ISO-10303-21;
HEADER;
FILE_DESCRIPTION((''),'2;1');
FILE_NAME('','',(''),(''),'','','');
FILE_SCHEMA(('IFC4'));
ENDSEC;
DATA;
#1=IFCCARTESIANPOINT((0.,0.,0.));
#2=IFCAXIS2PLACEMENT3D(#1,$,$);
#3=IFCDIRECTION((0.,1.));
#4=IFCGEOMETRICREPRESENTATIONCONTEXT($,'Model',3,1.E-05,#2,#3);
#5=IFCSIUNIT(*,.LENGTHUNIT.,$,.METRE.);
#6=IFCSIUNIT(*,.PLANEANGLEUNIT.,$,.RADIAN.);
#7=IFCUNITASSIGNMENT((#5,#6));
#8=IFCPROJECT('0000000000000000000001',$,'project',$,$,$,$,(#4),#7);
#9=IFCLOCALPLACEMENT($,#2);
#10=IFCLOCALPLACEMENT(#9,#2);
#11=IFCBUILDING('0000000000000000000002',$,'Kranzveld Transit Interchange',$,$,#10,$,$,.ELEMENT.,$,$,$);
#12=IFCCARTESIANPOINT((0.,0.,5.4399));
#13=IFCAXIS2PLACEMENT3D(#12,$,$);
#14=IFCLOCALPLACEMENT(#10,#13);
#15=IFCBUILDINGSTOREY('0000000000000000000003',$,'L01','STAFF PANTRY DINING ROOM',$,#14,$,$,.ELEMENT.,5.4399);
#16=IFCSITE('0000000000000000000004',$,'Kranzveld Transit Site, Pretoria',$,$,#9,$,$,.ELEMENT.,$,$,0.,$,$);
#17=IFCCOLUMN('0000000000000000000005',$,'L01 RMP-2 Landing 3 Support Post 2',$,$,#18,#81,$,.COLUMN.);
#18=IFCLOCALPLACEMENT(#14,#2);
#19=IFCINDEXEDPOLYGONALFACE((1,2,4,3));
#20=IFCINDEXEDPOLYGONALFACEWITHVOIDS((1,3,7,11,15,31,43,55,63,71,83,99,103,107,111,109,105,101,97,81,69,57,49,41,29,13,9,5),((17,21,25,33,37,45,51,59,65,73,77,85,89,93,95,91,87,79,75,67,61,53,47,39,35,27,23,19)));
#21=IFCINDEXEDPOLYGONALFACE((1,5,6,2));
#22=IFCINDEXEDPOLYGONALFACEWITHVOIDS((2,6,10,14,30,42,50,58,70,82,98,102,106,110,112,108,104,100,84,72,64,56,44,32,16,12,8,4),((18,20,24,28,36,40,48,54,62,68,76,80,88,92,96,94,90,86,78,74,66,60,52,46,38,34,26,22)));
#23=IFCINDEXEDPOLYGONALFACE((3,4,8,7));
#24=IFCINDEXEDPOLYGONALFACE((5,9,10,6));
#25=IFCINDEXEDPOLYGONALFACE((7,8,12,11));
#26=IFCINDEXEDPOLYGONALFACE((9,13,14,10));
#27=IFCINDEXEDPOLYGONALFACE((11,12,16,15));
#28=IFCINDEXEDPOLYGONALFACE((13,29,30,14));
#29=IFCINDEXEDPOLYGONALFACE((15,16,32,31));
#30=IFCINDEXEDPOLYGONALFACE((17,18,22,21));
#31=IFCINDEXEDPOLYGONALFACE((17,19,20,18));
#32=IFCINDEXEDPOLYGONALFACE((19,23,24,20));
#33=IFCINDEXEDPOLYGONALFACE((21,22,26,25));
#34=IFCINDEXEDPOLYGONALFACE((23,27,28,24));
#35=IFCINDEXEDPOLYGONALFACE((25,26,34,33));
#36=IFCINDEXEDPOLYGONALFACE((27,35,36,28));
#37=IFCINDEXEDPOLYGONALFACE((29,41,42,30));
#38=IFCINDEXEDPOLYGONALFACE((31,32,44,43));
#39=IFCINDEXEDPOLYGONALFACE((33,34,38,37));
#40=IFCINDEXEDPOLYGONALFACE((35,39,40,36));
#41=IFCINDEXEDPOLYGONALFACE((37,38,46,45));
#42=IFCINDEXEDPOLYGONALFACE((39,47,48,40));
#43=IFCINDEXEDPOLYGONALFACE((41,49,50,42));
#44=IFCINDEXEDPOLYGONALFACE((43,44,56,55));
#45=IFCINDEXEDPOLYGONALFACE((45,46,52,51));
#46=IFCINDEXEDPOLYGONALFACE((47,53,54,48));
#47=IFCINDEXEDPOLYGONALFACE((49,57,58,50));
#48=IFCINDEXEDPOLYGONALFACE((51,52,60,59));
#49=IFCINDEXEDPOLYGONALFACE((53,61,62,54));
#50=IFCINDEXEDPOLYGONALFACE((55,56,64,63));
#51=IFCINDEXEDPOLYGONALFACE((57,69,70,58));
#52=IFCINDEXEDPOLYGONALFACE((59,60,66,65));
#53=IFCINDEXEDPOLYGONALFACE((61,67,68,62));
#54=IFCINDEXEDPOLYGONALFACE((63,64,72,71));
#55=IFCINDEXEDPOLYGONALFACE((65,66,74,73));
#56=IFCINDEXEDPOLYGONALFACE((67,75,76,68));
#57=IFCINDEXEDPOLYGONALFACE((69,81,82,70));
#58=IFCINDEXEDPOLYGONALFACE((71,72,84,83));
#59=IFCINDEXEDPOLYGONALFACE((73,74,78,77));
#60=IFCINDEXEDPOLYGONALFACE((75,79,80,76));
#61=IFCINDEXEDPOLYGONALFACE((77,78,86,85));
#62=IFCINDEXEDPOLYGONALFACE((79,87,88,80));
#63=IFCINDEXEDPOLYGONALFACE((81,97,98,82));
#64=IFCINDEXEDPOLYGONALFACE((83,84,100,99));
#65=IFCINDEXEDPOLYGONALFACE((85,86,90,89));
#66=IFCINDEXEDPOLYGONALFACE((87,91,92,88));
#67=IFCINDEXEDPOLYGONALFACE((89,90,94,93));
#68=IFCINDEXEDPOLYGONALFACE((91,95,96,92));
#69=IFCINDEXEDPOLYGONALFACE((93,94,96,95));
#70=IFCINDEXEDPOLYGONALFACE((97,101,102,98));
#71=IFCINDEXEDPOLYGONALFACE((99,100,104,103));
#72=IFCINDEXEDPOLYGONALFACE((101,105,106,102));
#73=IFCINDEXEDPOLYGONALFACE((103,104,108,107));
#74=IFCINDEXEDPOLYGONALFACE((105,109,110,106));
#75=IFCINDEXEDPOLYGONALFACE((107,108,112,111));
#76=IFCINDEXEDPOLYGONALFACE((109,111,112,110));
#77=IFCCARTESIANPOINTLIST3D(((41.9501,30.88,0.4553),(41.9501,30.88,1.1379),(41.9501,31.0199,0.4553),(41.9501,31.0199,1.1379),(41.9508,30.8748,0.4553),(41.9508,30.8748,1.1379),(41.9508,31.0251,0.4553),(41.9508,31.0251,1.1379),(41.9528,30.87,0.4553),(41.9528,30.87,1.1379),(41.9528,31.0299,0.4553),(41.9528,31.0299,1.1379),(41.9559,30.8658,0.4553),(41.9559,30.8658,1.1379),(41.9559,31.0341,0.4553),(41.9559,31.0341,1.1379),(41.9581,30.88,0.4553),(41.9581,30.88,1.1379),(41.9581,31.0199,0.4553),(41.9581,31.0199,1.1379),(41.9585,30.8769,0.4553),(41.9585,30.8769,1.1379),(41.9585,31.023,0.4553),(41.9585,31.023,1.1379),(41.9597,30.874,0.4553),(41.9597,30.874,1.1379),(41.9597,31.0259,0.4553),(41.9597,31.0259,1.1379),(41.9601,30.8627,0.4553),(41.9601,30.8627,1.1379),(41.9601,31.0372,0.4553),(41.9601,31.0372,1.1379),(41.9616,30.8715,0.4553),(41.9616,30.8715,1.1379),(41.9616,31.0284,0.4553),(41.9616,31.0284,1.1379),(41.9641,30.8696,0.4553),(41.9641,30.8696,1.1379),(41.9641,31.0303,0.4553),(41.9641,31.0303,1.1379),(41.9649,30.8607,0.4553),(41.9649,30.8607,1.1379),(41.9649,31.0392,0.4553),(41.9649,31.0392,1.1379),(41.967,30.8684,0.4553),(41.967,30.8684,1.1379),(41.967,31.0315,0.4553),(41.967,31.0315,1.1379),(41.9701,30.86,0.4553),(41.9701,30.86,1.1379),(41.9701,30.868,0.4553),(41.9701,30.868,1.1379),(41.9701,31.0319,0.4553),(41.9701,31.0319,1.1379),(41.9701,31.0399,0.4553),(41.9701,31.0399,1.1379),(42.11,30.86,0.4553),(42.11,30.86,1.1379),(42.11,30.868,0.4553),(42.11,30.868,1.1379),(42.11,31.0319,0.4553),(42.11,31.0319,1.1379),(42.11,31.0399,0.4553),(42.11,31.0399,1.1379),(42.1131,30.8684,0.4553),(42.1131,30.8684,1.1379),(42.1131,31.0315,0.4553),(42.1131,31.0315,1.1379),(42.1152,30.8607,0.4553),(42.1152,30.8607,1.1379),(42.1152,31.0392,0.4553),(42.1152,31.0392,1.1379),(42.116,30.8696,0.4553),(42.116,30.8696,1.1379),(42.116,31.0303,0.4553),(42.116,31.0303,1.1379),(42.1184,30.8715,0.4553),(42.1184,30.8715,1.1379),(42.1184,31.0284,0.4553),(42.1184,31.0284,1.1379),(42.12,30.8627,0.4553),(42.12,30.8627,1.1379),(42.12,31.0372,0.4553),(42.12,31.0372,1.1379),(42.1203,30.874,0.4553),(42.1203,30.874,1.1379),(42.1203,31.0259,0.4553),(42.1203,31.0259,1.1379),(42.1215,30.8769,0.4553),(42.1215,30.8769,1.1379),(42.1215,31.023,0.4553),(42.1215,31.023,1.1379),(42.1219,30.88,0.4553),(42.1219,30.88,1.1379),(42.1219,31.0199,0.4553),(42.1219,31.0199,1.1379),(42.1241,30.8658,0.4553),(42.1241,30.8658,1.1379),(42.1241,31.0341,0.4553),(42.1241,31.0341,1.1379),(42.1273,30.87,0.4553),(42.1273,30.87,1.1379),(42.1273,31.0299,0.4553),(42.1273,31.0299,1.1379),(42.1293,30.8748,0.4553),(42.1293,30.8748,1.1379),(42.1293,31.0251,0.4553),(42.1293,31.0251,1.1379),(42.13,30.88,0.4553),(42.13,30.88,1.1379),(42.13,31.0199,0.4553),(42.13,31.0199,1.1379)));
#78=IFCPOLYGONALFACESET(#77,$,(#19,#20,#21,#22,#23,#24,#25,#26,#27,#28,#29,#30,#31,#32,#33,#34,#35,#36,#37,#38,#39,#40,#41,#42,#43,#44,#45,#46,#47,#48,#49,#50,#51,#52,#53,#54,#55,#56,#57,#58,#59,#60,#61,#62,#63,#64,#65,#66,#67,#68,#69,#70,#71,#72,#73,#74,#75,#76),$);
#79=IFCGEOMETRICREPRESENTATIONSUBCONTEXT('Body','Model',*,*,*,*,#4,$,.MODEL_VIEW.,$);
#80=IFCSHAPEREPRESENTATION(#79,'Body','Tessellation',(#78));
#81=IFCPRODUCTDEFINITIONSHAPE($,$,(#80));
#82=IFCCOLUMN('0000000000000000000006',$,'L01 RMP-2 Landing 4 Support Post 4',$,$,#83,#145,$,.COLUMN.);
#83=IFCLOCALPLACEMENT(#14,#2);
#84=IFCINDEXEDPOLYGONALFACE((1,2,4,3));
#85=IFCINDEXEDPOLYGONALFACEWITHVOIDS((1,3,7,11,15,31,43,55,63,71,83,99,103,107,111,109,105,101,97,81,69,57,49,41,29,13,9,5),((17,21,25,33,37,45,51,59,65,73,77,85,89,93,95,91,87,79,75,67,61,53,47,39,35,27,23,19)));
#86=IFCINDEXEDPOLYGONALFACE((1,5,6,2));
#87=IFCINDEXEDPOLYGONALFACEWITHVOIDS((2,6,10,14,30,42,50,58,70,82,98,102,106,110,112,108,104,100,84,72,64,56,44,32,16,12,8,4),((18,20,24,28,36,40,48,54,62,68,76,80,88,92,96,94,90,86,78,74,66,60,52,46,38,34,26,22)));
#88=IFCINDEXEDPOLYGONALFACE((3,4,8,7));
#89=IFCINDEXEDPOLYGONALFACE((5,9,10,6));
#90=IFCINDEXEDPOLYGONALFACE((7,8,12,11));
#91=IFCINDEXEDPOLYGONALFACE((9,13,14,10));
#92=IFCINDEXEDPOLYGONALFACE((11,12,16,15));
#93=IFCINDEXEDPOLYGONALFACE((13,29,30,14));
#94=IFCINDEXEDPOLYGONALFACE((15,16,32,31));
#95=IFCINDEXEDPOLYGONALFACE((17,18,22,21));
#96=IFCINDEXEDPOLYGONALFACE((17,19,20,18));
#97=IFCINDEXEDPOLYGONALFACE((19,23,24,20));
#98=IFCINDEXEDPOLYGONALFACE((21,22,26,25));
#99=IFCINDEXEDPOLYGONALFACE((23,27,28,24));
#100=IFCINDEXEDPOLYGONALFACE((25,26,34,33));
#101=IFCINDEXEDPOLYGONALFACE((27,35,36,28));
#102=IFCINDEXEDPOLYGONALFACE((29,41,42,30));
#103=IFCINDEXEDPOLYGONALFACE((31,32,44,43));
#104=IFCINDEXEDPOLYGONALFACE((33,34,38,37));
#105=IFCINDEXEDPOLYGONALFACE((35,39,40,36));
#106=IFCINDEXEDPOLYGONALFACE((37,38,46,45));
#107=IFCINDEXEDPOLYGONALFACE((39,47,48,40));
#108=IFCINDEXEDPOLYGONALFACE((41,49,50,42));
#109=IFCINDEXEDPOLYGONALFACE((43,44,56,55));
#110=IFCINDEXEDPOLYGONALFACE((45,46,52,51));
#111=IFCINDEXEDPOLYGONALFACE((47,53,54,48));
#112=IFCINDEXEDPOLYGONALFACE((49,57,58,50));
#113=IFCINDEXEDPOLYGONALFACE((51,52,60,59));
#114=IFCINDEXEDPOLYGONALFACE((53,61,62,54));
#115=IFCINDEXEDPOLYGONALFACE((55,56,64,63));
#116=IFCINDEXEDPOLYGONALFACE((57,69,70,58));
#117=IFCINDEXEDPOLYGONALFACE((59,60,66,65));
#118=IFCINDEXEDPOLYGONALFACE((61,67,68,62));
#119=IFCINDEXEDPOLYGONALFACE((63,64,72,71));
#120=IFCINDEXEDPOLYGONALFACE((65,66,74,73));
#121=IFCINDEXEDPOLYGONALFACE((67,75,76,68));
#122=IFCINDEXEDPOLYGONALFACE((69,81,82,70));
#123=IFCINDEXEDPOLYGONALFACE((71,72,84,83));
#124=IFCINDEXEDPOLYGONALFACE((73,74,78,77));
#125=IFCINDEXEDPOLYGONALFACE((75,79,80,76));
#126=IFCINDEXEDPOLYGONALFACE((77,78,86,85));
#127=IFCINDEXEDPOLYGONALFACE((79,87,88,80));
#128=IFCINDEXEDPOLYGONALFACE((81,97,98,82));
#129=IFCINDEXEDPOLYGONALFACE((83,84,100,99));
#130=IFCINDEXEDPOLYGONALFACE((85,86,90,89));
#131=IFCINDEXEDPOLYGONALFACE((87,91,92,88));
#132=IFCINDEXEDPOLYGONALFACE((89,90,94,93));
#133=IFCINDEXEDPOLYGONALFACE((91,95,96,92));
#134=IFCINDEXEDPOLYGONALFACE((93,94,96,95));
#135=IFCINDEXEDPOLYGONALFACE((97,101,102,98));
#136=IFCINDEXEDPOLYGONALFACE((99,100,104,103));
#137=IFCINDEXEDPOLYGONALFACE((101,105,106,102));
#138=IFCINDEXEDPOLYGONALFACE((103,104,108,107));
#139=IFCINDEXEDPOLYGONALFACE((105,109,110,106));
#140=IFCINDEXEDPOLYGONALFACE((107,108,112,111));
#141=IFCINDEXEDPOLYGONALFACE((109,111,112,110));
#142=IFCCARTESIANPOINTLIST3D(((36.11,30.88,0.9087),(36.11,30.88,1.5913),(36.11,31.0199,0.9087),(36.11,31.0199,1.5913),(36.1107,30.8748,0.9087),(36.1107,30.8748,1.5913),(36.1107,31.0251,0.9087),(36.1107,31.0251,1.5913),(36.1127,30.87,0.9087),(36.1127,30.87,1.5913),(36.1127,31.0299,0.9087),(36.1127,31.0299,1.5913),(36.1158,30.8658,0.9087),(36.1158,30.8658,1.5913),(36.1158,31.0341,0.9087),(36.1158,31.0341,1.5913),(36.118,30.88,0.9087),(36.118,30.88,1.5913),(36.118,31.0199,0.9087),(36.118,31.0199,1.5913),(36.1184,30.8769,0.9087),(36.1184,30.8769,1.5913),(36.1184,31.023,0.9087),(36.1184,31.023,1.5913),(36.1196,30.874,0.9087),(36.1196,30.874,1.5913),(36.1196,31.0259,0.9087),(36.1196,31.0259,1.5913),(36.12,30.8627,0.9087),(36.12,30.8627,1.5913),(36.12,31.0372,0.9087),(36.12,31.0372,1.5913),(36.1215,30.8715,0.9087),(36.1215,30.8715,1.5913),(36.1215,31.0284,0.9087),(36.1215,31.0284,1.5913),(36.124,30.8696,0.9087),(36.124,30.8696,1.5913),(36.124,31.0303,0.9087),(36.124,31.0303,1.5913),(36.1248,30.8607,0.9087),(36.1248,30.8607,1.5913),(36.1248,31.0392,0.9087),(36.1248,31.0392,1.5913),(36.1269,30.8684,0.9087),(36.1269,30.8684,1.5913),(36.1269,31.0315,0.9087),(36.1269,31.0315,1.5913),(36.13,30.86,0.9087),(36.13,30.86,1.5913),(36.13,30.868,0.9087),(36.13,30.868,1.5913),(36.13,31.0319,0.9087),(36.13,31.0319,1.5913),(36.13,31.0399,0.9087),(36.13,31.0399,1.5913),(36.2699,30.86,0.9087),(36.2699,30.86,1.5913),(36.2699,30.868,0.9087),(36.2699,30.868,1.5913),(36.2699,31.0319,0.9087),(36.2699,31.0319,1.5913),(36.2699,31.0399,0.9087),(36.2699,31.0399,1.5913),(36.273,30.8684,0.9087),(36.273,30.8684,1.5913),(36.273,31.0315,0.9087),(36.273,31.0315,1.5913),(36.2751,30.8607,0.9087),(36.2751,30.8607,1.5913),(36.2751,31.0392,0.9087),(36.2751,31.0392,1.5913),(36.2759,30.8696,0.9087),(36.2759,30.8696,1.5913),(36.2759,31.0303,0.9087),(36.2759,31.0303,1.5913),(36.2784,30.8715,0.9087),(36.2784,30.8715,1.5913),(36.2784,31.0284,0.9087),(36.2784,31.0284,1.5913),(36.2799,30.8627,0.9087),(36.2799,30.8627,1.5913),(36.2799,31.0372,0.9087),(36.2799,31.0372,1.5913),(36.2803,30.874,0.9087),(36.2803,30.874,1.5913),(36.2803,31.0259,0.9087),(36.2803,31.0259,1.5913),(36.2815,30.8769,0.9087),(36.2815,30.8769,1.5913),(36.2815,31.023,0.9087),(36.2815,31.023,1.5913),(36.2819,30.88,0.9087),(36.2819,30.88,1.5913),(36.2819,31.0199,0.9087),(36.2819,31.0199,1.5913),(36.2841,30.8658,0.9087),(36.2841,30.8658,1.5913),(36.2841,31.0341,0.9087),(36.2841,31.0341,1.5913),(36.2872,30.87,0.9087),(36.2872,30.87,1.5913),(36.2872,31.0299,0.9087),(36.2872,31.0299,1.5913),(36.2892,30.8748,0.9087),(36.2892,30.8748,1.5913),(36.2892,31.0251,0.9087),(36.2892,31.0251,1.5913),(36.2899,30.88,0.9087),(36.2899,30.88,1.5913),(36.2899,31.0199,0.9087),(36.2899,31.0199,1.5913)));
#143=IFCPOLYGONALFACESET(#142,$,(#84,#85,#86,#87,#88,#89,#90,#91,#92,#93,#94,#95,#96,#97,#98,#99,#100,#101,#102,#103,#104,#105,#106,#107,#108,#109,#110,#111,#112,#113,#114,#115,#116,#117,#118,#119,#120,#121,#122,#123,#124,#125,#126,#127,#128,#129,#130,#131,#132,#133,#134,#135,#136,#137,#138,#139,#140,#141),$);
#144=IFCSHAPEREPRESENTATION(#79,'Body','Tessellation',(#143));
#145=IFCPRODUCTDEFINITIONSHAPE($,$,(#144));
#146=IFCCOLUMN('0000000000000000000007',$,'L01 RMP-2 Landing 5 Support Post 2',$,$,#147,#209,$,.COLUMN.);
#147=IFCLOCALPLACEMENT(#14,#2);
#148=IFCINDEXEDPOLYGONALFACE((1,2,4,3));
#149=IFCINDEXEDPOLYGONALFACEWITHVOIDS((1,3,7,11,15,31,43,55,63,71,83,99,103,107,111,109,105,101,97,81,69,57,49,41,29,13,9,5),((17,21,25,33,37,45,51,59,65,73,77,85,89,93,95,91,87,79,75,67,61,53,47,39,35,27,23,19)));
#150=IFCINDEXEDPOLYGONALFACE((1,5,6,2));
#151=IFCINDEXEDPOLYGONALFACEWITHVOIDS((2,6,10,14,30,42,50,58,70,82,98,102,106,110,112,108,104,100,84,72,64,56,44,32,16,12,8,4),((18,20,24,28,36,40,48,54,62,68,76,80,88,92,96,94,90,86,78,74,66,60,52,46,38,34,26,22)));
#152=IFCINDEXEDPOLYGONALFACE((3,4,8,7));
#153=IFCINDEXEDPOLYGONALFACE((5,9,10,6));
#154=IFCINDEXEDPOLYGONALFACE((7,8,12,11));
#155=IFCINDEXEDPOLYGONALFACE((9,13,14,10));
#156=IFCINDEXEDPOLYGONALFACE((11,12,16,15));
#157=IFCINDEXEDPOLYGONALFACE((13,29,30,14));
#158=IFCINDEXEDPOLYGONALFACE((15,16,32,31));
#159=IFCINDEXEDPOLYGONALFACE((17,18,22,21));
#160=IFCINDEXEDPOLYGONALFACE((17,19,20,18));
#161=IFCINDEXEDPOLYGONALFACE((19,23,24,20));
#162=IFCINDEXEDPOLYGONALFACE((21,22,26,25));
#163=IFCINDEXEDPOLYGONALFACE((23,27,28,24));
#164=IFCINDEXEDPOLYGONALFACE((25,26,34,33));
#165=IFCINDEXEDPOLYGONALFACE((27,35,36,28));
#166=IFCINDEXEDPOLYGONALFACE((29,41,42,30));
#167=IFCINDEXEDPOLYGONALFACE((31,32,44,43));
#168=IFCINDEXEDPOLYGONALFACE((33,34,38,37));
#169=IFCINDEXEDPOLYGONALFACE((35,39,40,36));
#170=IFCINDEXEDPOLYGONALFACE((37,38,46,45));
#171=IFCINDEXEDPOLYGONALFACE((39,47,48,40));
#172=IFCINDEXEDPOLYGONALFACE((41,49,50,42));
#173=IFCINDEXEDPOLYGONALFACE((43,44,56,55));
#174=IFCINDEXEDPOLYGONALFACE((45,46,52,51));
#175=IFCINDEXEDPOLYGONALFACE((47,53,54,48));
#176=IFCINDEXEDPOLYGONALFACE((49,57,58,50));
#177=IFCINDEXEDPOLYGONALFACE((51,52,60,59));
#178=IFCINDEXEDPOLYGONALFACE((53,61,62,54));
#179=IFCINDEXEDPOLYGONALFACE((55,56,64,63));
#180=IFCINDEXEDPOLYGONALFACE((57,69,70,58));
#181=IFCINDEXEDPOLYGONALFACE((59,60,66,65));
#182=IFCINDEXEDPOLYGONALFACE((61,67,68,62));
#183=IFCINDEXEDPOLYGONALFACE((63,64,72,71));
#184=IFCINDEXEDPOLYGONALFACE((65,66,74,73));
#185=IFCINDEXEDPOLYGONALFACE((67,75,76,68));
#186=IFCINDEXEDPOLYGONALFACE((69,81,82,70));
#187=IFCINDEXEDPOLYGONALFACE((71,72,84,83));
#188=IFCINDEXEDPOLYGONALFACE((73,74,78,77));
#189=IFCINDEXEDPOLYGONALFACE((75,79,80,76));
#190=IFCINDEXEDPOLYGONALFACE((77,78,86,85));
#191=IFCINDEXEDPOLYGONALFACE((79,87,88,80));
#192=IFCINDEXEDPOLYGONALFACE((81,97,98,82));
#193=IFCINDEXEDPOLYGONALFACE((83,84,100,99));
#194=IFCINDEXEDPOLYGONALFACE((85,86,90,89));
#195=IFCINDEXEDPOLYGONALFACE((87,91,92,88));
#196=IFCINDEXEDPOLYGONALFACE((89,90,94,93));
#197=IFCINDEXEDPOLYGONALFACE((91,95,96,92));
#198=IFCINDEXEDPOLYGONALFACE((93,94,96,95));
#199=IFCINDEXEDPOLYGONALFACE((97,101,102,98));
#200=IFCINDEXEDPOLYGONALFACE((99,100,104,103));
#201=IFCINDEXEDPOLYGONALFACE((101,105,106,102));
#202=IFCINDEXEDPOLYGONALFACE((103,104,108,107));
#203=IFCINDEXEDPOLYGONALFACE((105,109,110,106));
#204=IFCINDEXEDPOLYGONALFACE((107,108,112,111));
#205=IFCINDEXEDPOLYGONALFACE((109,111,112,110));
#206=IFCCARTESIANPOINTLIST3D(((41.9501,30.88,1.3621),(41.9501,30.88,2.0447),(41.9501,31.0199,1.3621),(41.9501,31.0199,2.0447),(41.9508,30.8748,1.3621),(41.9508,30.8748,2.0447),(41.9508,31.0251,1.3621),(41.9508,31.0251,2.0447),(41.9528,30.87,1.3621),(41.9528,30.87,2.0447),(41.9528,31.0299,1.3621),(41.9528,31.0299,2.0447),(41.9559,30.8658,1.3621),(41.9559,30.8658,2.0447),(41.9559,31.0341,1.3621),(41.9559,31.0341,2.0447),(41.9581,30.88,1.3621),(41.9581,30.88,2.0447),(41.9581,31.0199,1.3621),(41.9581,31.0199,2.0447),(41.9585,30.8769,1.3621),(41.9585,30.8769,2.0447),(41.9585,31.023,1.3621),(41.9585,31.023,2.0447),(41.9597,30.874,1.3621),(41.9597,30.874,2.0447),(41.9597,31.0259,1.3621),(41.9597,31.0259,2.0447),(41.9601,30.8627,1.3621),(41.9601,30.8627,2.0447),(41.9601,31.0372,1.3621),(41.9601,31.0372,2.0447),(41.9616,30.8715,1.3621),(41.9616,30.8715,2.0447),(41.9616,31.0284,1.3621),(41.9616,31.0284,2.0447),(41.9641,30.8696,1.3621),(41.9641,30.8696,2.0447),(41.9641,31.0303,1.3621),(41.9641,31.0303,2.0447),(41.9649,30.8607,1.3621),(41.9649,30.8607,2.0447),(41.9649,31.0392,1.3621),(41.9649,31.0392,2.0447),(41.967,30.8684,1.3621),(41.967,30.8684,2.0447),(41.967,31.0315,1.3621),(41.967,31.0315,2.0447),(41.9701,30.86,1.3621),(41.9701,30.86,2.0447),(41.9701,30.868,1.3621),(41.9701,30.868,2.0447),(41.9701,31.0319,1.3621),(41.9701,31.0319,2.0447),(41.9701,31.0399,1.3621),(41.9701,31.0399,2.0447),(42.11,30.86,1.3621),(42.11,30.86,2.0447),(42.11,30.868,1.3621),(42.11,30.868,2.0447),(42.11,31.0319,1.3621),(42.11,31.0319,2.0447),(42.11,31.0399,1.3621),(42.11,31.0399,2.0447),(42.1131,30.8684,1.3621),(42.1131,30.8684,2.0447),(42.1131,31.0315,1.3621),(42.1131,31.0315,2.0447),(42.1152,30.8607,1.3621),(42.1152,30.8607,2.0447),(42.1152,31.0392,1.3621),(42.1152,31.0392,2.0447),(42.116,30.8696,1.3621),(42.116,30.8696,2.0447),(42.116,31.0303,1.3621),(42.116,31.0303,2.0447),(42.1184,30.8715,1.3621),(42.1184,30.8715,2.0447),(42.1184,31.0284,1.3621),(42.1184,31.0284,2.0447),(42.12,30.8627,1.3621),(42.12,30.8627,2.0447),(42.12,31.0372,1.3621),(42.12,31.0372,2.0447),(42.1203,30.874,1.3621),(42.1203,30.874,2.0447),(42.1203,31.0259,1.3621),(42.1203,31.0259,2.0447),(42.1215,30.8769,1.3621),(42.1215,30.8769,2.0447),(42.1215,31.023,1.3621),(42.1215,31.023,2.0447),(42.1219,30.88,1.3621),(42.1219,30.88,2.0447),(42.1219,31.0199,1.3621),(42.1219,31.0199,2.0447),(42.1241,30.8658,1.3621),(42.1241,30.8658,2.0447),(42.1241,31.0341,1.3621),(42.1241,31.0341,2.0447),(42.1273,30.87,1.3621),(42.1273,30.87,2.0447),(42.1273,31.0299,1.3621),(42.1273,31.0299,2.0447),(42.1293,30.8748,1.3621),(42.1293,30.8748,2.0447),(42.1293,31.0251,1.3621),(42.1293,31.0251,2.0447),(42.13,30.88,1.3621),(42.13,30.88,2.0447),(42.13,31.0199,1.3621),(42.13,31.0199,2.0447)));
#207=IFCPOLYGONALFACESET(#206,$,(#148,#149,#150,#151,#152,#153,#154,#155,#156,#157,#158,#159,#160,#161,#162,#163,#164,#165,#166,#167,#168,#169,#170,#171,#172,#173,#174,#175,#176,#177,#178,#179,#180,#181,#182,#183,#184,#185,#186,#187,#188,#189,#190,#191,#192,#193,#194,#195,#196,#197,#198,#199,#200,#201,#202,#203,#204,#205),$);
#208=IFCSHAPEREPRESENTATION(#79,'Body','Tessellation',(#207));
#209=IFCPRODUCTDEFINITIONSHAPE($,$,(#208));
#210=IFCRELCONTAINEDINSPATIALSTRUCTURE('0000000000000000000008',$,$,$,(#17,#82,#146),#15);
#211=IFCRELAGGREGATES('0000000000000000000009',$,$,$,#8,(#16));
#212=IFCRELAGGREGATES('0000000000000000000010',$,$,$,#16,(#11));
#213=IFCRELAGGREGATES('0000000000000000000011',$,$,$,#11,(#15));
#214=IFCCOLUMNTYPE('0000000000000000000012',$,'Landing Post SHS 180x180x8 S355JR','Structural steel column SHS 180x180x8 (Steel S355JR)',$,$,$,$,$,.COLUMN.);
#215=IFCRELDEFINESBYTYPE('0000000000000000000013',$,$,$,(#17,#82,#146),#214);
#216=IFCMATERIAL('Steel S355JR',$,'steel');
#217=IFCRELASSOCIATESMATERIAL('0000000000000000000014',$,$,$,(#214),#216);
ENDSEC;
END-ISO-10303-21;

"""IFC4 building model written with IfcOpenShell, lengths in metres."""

from ifc_helpers import new_model, si_unit, direction, frame, origin, origin_2d, place, context, subcontext, project, spatial, hollow_rectangle, extrude, material, material_profile, profile_set, type_object, element, save


model = new_model("IFC4")

# Units and contexts
model_context = context("Model", 3, precision=1e-05, world=origin(), true_north=direction((0.0, 1.0)))
body_context = subcontext(model_context, "Body", "Model", "MODEL_VIEW")
ifc_project = project(units=[si_unit("LENGTHUNIT", "METRE"), si_unit("PLANEANGLEUNIT", "RADIAN")], contexts=[model_context])

# Site, building, storey
site_placement = place(None, origin())
site = spatial("IfcSite", under=ifc_project, at=site_placement, Name="Kranzveld Transit Site, Pretoria", CompositionType="ELEMENT", RefElevation=0.0)
building_placement = place(site_placement, origin())
building = spatial("IfcBuilding", under=site, at=building_placement, Name="Kranzveld Transit Interchange", CompositionType="ELEMENT")
storey_placement = place(building_placement, frame((0.0, 0.0, 5.4399)))
storey = spatial("IfcBuildingStorey", under=building, at=storey_placement, Name="L01", Description="STAFF PANTRY DINING ROOM", CompositionType="ELEMENT", Elevation=5.4399)

# Columns
ifc_material_1 = material(Name="Steel S355JR", Category="steel")
ifc_material_profile = material_profile(ifc_material_1, hollow_rectangle(XDim=0.1799, YDim=0.1799, WallThickness=0.0081, InnerFilletRadius=0.012, OuterFilletRadius=0.02, at=origin_2d()), Name="SHS 180x180x8")
ifc_profile_set = profile_set([ifc_material_profile], Name="Steel S355JR")
column_type = type_object("IfcColumnType", Name="Landing Post SHS 180x180x8 S355JR", Description="Structural steel column SHS 180x180x8 (Steel S355JR)", PredefinedType="COLUMN", material=ifc_profile_set)
for number, where, z_axis, x_axis, name in (
    (1, (42.04, 30.95, 0.4553), (0.0, 0.0, 1.0), (1.0, 0.0, 0.0), "L01 RMP-2 Landing 3 Support Post 2"),
    (2, (36.2, 30.95, 0.9087), (0.0, 0.0, 1.0), (1.0, 0.0, 0.0), "L01 RMP-2 Landing 4 Support Post 4"),
    (3, (42.04, 30.95, 1.3621), (0.0, 0.0, 1.0), (1.0, 0.0, 0.0), "L01 RMP-2 Landing 5 Support Post 2"),
):
    element("IfcColumn", number, at=place(storey_placement, frame(where, z_axis=z_axis, x_axis=x_axis)), inside=storey, type_object=column_type, Name=name, PredefinedType="COLUMN", context=body_context, shape_type="SweptSolid", body=[
        extrude(hollow_rectangle(XDim=0.1799, YDim=0.1799, WallThickness=0.0081, InnerFilletRadius=0.012, OuterFilletRadius=0.02, at=origin_2d()), origin(), (0.0, 0.0, 1.0), 0.6826),
    ])

save(model, "model.ifc")
